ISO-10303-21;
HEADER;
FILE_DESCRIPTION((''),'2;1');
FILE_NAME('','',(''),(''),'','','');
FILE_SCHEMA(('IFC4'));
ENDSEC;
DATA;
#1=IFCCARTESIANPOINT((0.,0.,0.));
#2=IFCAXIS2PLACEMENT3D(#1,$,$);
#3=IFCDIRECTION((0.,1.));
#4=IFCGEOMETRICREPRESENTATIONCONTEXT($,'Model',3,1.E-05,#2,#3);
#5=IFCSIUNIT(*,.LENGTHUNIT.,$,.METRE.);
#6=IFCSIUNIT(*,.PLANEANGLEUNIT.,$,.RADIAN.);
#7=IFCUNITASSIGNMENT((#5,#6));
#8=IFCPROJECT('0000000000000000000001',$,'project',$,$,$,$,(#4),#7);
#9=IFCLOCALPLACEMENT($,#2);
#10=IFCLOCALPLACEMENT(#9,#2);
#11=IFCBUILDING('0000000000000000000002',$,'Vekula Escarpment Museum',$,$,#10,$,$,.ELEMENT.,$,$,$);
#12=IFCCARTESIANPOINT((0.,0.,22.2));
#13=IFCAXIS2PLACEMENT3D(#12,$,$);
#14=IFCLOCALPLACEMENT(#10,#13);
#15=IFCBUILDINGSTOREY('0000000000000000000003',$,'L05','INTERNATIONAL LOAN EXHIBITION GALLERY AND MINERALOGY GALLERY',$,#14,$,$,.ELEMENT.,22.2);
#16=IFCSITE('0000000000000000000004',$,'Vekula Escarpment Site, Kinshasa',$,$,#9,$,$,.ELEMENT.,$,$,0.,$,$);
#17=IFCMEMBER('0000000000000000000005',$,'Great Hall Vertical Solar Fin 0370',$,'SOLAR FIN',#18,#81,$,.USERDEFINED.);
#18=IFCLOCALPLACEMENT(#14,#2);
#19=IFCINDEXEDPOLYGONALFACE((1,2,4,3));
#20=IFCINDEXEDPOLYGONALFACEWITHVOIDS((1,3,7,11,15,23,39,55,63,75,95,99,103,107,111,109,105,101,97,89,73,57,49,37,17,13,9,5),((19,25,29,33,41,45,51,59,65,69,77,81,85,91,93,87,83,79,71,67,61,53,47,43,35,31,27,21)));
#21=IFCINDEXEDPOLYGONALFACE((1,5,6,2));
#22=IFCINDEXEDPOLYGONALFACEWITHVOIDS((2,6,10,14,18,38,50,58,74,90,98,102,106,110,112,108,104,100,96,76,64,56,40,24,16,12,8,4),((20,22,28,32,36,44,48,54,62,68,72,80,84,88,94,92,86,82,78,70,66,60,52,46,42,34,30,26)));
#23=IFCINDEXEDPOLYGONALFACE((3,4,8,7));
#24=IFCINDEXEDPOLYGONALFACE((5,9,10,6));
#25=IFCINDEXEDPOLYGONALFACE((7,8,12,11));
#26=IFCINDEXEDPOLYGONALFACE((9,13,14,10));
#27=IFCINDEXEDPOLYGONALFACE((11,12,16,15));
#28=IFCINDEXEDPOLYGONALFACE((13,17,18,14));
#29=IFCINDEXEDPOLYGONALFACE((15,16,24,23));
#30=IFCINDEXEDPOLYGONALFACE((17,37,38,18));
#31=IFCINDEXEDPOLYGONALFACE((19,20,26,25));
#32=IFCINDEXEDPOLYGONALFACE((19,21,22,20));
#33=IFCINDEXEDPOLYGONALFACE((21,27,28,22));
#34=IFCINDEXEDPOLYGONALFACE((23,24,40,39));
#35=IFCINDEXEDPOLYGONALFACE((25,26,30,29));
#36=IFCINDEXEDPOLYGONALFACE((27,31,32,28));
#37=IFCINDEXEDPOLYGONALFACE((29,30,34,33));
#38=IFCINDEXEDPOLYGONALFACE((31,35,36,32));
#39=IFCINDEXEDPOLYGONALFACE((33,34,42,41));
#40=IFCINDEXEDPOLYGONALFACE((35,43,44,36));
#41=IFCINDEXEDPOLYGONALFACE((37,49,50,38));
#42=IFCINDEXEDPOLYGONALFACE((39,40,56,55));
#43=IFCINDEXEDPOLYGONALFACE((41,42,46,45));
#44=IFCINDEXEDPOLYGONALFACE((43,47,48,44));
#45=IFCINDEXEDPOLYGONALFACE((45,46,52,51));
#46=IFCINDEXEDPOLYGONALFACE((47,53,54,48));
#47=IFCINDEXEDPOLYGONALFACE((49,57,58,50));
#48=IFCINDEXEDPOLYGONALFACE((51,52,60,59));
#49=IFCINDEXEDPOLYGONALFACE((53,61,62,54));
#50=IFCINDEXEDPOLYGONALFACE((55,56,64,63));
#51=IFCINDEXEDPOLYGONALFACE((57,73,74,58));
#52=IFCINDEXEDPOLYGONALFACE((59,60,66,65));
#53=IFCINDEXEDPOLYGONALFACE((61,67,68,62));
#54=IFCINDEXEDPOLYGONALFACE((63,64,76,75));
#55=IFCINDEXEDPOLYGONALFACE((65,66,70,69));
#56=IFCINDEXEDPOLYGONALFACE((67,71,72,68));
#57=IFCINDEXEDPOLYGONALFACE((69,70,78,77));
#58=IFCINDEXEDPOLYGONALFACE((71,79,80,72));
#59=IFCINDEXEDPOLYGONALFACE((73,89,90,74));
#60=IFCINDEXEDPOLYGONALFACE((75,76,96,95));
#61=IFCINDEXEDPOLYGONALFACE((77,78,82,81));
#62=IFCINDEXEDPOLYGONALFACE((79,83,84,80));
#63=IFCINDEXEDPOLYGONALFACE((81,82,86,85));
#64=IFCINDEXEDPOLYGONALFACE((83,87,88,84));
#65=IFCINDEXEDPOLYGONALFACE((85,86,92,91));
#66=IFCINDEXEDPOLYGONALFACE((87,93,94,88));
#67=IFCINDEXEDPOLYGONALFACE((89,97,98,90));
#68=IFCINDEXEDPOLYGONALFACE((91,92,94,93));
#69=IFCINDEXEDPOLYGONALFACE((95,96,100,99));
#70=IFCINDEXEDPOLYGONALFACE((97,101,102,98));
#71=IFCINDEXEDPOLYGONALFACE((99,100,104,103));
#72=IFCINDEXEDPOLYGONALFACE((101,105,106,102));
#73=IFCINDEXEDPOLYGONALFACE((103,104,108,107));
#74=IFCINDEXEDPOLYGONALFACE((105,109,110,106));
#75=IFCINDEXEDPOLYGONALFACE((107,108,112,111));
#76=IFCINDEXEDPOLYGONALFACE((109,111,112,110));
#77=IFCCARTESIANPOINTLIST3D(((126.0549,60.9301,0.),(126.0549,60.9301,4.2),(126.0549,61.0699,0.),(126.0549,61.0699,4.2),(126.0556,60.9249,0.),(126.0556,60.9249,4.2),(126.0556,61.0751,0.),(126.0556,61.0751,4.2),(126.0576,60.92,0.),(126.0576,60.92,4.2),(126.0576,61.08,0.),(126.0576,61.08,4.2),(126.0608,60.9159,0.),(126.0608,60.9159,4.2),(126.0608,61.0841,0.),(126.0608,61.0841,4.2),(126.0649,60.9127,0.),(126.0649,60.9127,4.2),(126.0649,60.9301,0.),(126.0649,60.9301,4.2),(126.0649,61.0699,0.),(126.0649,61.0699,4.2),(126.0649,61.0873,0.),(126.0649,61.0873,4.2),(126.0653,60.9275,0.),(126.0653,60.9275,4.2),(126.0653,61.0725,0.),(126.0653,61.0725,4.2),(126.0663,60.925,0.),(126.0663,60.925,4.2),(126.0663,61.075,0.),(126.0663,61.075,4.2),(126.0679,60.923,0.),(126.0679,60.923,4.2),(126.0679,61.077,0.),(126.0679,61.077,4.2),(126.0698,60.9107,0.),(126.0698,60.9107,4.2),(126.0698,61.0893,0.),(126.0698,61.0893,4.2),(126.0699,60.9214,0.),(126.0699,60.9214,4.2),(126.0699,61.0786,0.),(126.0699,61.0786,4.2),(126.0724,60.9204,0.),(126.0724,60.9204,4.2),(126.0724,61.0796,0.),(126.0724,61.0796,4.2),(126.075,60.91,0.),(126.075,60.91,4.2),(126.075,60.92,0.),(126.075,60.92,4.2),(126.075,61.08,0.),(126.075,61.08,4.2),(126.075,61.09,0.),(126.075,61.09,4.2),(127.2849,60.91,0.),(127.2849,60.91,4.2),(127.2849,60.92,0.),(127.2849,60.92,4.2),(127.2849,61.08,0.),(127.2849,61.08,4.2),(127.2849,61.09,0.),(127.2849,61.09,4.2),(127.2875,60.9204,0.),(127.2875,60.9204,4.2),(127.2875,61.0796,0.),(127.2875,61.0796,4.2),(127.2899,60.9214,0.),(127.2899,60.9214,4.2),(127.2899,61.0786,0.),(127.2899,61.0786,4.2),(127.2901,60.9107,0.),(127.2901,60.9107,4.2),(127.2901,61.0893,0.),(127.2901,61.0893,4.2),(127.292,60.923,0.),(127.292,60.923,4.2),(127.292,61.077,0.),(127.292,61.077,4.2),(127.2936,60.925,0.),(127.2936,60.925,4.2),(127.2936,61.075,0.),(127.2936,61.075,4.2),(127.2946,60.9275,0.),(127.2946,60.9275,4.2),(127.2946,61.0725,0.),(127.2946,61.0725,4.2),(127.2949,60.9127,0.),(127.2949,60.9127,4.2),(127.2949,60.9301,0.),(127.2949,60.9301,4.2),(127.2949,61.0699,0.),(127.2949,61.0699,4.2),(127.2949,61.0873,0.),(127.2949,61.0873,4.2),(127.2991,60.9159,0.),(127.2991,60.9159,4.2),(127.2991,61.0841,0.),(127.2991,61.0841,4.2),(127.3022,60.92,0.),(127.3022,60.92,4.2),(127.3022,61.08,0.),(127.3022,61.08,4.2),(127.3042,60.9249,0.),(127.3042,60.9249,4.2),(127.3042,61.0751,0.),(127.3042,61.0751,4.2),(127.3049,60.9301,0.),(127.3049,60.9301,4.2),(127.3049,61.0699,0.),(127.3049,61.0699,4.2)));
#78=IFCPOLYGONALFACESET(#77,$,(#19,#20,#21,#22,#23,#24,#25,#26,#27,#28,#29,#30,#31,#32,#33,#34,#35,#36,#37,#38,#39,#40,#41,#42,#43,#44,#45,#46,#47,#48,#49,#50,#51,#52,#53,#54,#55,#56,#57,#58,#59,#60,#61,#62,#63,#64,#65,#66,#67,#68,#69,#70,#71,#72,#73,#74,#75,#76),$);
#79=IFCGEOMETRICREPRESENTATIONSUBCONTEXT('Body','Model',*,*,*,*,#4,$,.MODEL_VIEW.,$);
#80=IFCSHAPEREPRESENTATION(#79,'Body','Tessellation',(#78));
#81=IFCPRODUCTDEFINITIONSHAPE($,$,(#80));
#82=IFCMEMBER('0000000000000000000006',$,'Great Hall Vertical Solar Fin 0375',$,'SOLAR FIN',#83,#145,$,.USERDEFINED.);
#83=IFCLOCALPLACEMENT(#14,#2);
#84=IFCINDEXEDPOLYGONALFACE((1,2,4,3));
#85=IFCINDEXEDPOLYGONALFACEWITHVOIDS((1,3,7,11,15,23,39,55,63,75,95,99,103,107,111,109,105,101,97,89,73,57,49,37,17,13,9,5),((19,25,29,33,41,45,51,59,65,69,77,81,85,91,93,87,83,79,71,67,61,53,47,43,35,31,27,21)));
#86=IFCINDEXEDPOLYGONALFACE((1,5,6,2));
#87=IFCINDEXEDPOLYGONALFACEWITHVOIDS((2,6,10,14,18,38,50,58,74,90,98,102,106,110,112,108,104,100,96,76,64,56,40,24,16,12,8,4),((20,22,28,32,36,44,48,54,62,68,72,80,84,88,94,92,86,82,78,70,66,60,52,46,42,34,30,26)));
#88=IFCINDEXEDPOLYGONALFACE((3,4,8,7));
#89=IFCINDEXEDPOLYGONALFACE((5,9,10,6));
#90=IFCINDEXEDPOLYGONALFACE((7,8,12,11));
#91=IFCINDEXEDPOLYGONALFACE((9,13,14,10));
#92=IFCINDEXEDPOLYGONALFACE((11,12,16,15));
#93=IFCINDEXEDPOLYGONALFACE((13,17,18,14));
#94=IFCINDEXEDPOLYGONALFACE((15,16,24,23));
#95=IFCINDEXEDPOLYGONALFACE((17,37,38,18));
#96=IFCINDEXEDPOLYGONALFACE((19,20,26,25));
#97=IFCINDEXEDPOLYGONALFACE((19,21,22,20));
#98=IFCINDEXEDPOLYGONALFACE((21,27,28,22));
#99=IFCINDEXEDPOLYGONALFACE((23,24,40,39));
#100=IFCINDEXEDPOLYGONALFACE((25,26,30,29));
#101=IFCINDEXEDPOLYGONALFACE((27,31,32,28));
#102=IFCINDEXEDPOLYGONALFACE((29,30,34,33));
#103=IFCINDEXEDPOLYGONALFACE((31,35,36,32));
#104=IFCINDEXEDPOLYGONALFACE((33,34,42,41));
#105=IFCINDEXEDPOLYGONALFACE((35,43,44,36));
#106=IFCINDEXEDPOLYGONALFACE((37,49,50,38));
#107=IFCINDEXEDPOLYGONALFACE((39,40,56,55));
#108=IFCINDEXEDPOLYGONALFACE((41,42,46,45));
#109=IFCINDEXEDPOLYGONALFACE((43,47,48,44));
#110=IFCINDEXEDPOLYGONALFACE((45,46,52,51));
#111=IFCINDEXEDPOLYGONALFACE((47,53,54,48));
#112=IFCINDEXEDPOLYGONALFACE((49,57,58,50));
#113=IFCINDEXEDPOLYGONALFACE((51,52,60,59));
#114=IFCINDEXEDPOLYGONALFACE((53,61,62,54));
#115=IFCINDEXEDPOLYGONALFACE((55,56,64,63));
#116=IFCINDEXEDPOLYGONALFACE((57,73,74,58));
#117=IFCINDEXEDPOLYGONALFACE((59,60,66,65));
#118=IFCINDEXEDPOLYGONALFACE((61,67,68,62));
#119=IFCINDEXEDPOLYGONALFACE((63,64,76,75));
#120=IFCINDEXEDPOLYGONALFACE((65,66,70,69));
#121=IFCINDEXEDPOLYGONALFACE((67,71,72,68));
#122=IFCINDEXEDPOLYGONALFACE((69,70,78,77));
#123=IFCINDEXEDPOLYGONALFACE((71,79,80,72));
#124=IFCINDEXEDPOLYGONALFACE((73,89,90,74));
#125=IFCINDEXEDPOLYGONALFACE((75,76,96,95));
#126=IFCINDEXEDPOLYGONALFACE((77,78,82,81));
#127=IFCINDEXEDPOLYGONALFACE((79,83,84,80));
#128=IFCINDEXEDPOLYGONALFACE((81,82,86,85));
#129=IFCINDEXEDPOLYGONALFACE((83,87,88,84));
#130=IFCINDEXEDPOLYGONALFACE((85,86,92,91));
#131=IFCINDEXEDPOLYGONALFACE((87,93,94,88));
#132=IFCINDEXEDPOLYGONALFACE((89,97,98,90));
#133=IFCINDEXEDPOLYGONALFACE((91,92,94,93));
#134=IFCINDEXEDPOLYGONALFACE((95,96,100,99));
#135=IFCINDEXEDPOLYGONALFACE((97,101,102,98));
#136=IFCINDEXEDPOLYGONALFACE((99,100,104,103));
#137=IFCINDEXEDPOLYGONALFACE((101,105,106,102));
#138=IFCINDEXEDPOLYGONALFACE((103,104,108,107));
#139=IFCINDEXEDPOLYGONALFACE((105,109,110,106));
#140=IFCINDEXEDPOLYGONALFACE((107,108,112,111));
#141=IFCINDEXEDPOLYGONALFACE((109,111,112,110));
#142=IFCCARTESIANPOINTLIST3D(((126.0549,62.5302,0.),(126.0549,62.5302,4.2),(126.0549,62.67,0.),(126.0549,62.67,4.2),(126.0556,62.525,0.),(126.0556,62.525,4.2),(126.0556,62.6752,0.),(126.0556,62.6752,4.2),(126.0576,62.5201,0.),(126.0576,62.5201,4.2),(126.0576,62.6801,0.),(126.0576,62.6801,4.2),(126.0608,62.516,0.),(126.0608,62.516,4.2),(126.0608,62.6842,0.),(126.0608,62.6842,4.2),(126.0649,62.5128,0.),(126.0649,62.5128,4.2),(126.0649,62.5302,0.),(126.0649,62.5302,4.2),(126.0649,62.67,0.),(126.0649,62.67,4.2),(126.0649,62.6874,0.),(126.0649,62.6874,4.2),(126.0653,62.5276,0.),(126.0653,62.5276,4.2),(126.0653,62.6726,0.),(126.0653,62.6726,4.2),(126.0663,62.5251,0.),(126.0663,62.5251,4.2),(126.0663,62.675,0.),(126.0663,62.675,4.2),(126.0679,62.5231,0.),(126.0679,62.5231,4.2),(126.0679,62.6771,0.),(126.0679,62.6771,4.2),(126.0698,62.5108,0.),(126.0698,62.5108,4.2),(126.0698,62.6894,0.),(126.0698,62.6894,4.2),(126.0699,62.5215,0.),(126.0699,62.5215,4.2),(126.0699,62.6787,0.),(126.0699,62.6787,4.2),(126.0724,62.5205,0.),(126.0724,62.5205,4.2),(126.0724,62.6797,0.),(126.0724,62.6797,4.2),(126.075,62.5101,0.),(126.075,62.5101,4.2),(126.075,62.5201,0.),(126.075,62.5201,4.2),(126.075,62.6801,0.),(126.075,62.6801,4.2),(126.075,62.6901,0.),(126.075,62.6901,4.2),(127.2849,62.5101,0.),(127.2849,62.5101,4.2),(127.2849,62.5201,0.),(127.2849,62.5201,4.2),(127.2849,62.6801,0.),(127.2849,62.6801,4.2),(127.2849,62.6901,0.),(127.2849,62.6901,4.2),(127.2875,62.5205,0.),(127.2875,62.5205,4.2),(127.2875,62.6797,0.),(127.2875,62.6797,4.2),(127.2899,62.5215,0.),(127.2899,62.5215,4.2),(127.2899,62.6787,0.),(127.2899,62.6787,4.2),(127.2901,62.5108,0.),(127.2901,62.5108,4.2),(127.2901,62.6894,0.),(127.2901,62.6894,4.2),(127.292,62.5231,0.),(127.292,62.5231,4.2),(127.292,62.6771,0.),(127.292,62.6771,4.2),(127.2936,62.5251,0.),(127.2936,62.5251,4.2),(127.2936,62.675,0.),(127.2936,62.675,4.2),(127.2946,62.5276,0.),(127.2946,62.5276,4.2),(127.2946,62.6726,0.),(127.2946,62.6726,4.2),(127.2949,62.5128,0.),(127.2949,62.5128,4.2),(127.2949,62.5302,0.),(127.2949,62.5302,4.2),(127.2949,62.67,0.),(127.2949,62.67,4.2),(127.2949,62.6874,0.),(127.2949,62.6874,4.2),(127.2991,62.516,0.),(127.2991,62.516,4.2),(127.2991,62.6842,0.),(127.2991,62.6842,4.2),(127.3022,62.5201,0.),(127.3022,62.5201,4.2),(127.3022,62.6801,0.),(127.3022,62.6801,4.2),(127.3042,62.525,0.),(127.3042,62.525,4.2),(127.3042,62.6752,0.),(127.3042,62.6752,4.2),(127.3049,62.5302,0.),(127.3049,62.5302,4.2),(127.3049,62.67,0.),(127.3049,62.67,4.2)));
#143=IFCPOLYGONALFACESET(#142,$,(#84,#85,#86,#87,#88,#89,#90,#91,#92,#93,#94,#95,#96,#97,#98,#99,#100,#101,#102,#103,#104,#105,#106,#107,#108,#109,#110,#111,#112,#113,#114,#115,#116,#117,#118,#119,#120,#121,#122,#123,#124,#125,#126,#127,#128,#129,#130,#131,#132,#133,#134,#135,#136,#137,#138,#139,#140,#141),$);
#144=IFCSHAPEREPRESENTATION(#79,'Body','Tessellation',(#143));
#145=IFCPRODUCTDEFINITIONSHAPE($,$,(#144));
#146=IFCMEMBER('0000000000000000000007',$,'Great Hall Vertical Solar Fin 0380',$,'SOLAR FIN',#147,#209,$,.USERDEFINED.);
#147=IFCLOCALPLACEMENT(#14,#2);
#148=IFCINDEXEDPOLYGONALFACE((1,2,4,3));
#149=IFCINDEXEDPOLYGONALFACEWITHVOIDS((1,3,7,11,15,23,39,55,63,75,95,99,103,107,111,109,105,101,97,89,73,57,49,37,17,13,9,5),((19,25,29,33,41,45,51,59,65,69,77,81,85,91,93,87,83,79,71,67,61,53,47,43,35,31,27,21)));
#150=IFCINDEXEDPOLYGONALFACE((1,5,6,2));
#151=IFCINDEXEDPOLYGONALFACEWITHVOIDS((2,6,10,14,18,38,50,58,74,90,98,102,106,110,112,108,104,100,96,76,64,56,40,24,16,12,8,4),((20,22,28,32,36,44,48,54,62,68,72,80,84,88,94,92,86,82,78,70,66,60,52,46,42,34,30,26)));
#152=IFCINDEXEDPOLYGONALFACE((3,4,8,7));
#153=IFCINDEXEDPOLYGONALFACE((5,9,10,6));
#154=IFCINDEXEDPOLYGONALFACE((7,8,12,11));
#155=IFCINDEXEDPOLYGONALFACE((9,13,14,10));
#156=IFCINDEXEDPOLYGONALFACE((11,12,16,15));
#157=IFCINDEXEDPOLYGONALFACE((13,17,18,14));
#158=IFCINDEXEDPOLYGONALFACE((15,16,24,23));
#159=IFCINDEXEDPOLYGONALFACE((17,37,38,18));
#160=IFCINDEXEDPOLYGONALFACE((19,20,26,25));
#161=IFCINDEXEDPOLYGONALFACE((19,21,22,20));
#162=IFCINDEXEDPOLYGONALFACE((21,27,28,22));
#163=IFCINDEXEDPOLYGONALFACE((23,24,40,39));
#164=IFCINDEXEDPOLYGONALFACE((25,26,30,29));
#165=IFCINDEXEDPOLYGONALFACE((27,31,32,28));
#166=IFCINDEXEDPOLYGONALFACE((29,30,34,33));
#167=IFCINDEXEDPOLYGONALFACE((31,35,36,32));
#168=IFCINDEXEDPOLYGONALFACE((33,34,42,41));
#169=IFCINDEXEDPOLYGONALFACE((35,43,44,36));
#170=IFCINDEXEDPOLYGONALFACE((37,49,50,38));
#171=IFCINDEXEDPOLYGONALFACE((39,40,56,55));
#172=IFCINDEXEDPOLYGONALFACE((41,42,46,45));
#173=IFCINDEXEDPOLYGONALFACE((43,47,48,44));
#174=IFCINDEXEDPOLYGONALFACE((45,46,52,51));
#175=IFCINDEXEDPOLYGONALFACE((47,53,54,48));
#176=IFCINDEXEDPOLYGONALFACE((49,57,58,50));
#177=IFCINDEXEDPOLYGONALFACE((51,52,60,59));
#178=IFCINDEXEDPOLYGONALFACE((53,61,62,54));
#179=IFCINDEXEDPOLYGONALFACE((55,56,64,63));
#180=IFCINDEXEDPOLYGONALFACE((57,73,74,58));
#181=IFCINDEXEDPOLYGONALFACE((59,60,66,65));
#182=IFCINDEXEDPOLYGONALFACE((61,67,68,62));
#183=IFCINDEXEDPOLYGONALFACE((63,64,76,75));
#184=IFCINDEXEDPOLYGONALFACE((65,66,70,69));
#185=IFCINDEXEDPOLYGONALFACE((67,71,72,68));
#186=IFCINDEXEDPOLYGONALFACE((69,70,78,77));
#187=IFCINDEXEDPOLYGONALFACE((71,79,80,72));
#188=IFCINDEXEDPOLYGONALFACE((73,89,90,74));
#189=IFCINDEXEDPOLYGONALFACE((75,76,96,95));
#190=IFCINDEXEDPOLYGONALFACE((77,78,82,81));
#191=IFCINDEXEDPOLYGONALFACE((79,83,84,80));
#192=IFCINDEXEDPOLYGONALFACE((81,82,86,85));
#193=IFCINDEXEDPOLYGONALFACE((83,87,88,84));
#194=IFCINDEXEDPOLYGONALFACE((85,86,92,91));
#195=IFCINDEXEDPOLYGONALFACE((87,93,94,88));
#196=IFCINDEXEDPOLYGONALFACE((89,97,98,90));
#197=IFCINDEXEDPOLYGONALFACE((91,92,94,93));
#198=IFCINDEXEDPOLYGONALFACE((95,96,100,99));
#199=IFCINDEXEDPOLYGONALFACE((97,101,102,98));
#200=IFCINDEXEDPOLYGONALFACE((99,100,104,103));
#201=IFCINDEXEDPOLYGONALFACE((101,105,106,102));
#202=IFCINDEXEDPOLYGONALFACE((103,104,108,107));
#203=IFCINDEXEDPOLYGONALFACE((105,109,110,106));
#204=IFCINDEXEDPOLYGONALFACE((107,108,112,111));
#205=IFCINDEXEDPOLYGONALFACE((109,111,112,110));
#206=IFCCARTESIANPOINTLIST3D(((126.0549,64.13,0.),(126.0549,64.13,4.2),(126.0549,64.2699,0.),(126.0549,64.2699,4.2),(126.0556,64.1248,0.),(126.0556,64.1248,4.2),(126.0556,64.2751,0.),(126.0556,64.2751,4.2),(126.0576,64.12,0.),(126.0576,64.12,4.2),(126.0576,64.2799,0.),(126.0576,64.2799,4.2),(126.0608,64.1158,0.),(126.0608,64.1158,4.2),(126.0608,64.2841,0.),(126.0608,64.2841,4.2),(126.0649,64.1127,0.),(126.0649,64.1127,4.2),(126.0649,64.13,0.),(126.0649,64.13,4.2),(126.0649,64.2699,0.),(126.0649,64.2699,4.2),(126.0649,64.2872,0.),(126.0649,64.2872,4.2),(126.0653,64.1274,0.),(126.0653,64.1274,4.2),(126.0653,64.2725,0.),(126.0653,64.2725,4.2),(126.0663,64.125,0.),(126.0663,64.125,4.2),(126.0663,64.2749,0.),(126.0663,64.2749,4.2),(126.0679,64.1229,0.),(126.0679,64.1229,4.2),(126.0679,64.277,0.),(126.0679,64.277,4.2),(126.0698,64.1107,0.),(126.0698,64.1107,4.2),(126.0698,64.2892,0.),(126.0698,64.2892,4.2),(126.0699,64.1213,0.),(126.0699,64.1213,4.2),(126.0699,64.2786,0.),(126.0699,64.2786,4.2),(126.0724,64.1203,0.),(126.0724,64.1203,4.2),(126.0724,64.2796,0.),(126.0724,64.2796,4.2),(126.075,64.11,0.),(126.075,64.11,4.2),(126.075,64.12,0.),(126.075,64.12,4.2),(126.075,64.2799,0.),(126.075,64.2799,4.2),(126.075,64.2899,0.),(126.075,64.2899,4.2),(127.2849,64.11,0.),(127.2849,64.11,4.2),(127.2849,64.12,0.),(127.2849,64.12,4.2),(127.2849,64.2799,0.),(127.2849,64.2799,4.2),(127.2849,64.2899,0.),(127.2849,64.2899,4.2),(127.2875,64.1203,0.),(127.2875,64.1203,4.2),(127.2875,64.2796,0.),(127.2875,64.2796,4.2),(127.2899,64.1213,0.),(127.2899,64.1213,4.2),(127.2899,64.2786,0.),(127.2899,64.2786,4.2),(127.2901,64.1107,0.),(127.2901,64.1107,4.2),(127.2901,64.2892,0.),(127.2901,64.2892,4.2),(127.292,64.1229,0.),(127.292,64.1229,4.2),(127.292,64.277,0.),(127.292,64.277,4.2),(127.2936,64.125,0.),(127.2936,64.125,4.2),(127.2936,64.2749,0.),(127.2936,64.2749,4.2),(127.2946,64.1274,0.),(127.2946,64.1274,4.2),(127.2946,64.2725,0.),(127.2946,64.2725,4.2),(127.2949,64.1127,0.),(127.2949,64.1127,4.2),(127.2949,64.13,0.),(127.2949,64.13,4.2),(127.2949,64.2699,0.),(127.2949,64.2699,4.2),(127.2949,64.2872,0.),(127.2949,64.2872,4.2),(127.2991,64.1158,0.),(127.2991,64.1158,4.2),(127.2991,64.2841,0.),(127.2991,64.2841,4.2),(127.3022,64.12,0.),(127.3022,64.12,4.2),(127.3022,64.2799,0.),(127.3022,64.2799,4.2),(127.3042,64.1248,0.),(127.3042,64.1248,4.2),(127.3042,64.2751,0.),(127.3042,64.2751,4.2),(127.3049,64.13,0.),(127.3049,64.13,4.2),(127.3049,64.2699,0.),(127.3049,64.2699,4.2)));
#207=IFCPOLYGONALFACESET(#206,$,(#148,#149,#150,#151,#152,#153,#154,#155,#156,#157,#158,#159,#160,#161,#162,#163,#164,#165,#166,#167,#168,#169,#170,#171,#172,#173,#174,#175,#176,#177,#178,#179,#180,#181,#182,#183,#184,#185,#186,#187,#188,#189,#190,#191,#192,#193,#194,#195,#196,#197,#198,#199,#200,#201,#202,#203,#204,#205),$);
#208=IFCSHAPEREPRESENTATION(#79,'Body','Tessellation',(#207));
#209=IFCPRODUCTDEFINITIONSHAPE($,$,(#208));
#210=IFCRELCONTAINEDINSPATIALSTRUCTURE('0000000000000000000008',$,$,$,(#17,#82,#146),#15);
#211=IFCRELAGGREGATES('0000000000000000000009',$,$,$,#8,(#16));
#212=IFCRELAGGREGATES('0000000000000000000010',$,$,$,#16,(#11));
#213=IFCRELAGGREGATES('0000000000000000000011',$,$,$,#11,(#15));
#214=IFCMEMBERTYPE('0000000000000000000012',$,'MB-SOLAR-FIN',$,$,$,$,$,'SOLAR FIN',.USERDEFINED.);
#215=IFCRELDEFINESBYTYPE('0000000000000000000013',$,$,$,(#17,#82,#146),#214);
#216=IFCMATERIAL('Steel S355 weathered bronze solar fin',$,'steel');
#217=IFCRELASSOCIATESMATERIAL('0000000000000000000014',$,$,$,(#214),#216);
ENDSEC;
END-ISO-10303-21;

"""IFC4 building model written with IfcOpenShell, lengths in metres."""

from ifc_helpers import new_model, si_unit, direction, frame, origin, origin_2d, place, context, subcontext, project, spatial, hollow_rectangle, extrude, material, material_profile, profile_set, type_object, element, save


model = new_model("IFC4")

# Units and contexts
model_context = context("Model", 3, precision=1e-05, world=origin(), true_north=direction((0.0, 1.0)))
body_context = subcontext(model_context, "Body", "Model", "MODEL_VIEW")
ifc_project = project(units=[si_unit("LENGTHUNIT", "METRE"), si_unit("PLANEANGLEUNIT", "RADIAN")], contexts=[model_context])

# Site, building, storey
site_placement = place(None, origin())
site = spatial("IfcSite", under=ifc_project, at=site_placement, Name="Vekula Escarpment Site, Kinshasa", CompositionType="ELEMENT", RefElevation=0.0)
building_placement = place(site_placement, origin())
building = spatial("IfcBuilding", under=site, at=building_placement, Name="Vekula Escarpment Museum", CompositionType="ELEMENT")
storey_placement = place(building_placement, frame((0.0, 0.0, 22.2)))
storey = spatial("IfcBuildingStorey", under=building, at=storey_placement, Name="L05", Description="INTERNATIONAL LOAN EXHIBITION GALLERY AND MINERALOGY GALLERY", CompositionType="ELEMENT", Elevation=22.2)

# Members
ifc_material_1 = material(Name="Steel S355 weathered bronze solar fin", Category="steel")
ifc_material_profile_1 = material_profile(ifc_material_1, hollow_rectangle(XDim=0.1799, YDim=1.25, WallThickness=0.01, InnerFilletRadius=0.01, OuterFilletRadius=0.02, at=origin_2d()), Name="RHS 1250x180x10")
ifc_profile_set_1 = profile_set([ifc_material_profile_1], Name="Steel S355 weathered bronze solar fin")
member_type_1 = type_object("IfcMemberType", Name="MB-SOLAR-FIN", ElementType="SOLAR FIN", PredefinedType="USERDEFINED", material=ifc_profile_set_1)
for number, where, z_axis, x_axis, name in (
    (1, (126.6799, 61.0, 0.0), (0.0, 0.0, 1.0), (0.0, 1.0, 0.0), "Great Hall Vertical Solar Fin 0370"),
    (2, (126.6799, 62.6001, 0.0), (0.0, 0.0, 1.0), (0.0, 1.0, 0.0), "Great Hall Vertical Solar Fin 0375"),
    (3, (126.6799, 64.2, 0.0), (0.0, 0.0, 1.0), (0.0, 1.0, 0.0), "Great Hall Vertical Solar Fin 0380"),
):
    element("IfcMember", number, at=place(storey_placement, frame(where, z_axis=z_axis, x_axis=x_axis)), inside=storey, type_object=member_type_1, Name=name, ObjectType="SOLAR FIN", PredefinedType="USERDEFINED", context=body_context, shape_type="SweptSolid", body=[
        extrude(hollow_rectangle(XDim=0.1799, YDim=1.25, WallThickness=0.01, InnerFilletRadius=0.01, OuterFilletRadius=0.02, at=origin_2d()), origin(), (0.0, 0.0, 1.0), 4.2),
    ])

save(model, "model.ifc")
